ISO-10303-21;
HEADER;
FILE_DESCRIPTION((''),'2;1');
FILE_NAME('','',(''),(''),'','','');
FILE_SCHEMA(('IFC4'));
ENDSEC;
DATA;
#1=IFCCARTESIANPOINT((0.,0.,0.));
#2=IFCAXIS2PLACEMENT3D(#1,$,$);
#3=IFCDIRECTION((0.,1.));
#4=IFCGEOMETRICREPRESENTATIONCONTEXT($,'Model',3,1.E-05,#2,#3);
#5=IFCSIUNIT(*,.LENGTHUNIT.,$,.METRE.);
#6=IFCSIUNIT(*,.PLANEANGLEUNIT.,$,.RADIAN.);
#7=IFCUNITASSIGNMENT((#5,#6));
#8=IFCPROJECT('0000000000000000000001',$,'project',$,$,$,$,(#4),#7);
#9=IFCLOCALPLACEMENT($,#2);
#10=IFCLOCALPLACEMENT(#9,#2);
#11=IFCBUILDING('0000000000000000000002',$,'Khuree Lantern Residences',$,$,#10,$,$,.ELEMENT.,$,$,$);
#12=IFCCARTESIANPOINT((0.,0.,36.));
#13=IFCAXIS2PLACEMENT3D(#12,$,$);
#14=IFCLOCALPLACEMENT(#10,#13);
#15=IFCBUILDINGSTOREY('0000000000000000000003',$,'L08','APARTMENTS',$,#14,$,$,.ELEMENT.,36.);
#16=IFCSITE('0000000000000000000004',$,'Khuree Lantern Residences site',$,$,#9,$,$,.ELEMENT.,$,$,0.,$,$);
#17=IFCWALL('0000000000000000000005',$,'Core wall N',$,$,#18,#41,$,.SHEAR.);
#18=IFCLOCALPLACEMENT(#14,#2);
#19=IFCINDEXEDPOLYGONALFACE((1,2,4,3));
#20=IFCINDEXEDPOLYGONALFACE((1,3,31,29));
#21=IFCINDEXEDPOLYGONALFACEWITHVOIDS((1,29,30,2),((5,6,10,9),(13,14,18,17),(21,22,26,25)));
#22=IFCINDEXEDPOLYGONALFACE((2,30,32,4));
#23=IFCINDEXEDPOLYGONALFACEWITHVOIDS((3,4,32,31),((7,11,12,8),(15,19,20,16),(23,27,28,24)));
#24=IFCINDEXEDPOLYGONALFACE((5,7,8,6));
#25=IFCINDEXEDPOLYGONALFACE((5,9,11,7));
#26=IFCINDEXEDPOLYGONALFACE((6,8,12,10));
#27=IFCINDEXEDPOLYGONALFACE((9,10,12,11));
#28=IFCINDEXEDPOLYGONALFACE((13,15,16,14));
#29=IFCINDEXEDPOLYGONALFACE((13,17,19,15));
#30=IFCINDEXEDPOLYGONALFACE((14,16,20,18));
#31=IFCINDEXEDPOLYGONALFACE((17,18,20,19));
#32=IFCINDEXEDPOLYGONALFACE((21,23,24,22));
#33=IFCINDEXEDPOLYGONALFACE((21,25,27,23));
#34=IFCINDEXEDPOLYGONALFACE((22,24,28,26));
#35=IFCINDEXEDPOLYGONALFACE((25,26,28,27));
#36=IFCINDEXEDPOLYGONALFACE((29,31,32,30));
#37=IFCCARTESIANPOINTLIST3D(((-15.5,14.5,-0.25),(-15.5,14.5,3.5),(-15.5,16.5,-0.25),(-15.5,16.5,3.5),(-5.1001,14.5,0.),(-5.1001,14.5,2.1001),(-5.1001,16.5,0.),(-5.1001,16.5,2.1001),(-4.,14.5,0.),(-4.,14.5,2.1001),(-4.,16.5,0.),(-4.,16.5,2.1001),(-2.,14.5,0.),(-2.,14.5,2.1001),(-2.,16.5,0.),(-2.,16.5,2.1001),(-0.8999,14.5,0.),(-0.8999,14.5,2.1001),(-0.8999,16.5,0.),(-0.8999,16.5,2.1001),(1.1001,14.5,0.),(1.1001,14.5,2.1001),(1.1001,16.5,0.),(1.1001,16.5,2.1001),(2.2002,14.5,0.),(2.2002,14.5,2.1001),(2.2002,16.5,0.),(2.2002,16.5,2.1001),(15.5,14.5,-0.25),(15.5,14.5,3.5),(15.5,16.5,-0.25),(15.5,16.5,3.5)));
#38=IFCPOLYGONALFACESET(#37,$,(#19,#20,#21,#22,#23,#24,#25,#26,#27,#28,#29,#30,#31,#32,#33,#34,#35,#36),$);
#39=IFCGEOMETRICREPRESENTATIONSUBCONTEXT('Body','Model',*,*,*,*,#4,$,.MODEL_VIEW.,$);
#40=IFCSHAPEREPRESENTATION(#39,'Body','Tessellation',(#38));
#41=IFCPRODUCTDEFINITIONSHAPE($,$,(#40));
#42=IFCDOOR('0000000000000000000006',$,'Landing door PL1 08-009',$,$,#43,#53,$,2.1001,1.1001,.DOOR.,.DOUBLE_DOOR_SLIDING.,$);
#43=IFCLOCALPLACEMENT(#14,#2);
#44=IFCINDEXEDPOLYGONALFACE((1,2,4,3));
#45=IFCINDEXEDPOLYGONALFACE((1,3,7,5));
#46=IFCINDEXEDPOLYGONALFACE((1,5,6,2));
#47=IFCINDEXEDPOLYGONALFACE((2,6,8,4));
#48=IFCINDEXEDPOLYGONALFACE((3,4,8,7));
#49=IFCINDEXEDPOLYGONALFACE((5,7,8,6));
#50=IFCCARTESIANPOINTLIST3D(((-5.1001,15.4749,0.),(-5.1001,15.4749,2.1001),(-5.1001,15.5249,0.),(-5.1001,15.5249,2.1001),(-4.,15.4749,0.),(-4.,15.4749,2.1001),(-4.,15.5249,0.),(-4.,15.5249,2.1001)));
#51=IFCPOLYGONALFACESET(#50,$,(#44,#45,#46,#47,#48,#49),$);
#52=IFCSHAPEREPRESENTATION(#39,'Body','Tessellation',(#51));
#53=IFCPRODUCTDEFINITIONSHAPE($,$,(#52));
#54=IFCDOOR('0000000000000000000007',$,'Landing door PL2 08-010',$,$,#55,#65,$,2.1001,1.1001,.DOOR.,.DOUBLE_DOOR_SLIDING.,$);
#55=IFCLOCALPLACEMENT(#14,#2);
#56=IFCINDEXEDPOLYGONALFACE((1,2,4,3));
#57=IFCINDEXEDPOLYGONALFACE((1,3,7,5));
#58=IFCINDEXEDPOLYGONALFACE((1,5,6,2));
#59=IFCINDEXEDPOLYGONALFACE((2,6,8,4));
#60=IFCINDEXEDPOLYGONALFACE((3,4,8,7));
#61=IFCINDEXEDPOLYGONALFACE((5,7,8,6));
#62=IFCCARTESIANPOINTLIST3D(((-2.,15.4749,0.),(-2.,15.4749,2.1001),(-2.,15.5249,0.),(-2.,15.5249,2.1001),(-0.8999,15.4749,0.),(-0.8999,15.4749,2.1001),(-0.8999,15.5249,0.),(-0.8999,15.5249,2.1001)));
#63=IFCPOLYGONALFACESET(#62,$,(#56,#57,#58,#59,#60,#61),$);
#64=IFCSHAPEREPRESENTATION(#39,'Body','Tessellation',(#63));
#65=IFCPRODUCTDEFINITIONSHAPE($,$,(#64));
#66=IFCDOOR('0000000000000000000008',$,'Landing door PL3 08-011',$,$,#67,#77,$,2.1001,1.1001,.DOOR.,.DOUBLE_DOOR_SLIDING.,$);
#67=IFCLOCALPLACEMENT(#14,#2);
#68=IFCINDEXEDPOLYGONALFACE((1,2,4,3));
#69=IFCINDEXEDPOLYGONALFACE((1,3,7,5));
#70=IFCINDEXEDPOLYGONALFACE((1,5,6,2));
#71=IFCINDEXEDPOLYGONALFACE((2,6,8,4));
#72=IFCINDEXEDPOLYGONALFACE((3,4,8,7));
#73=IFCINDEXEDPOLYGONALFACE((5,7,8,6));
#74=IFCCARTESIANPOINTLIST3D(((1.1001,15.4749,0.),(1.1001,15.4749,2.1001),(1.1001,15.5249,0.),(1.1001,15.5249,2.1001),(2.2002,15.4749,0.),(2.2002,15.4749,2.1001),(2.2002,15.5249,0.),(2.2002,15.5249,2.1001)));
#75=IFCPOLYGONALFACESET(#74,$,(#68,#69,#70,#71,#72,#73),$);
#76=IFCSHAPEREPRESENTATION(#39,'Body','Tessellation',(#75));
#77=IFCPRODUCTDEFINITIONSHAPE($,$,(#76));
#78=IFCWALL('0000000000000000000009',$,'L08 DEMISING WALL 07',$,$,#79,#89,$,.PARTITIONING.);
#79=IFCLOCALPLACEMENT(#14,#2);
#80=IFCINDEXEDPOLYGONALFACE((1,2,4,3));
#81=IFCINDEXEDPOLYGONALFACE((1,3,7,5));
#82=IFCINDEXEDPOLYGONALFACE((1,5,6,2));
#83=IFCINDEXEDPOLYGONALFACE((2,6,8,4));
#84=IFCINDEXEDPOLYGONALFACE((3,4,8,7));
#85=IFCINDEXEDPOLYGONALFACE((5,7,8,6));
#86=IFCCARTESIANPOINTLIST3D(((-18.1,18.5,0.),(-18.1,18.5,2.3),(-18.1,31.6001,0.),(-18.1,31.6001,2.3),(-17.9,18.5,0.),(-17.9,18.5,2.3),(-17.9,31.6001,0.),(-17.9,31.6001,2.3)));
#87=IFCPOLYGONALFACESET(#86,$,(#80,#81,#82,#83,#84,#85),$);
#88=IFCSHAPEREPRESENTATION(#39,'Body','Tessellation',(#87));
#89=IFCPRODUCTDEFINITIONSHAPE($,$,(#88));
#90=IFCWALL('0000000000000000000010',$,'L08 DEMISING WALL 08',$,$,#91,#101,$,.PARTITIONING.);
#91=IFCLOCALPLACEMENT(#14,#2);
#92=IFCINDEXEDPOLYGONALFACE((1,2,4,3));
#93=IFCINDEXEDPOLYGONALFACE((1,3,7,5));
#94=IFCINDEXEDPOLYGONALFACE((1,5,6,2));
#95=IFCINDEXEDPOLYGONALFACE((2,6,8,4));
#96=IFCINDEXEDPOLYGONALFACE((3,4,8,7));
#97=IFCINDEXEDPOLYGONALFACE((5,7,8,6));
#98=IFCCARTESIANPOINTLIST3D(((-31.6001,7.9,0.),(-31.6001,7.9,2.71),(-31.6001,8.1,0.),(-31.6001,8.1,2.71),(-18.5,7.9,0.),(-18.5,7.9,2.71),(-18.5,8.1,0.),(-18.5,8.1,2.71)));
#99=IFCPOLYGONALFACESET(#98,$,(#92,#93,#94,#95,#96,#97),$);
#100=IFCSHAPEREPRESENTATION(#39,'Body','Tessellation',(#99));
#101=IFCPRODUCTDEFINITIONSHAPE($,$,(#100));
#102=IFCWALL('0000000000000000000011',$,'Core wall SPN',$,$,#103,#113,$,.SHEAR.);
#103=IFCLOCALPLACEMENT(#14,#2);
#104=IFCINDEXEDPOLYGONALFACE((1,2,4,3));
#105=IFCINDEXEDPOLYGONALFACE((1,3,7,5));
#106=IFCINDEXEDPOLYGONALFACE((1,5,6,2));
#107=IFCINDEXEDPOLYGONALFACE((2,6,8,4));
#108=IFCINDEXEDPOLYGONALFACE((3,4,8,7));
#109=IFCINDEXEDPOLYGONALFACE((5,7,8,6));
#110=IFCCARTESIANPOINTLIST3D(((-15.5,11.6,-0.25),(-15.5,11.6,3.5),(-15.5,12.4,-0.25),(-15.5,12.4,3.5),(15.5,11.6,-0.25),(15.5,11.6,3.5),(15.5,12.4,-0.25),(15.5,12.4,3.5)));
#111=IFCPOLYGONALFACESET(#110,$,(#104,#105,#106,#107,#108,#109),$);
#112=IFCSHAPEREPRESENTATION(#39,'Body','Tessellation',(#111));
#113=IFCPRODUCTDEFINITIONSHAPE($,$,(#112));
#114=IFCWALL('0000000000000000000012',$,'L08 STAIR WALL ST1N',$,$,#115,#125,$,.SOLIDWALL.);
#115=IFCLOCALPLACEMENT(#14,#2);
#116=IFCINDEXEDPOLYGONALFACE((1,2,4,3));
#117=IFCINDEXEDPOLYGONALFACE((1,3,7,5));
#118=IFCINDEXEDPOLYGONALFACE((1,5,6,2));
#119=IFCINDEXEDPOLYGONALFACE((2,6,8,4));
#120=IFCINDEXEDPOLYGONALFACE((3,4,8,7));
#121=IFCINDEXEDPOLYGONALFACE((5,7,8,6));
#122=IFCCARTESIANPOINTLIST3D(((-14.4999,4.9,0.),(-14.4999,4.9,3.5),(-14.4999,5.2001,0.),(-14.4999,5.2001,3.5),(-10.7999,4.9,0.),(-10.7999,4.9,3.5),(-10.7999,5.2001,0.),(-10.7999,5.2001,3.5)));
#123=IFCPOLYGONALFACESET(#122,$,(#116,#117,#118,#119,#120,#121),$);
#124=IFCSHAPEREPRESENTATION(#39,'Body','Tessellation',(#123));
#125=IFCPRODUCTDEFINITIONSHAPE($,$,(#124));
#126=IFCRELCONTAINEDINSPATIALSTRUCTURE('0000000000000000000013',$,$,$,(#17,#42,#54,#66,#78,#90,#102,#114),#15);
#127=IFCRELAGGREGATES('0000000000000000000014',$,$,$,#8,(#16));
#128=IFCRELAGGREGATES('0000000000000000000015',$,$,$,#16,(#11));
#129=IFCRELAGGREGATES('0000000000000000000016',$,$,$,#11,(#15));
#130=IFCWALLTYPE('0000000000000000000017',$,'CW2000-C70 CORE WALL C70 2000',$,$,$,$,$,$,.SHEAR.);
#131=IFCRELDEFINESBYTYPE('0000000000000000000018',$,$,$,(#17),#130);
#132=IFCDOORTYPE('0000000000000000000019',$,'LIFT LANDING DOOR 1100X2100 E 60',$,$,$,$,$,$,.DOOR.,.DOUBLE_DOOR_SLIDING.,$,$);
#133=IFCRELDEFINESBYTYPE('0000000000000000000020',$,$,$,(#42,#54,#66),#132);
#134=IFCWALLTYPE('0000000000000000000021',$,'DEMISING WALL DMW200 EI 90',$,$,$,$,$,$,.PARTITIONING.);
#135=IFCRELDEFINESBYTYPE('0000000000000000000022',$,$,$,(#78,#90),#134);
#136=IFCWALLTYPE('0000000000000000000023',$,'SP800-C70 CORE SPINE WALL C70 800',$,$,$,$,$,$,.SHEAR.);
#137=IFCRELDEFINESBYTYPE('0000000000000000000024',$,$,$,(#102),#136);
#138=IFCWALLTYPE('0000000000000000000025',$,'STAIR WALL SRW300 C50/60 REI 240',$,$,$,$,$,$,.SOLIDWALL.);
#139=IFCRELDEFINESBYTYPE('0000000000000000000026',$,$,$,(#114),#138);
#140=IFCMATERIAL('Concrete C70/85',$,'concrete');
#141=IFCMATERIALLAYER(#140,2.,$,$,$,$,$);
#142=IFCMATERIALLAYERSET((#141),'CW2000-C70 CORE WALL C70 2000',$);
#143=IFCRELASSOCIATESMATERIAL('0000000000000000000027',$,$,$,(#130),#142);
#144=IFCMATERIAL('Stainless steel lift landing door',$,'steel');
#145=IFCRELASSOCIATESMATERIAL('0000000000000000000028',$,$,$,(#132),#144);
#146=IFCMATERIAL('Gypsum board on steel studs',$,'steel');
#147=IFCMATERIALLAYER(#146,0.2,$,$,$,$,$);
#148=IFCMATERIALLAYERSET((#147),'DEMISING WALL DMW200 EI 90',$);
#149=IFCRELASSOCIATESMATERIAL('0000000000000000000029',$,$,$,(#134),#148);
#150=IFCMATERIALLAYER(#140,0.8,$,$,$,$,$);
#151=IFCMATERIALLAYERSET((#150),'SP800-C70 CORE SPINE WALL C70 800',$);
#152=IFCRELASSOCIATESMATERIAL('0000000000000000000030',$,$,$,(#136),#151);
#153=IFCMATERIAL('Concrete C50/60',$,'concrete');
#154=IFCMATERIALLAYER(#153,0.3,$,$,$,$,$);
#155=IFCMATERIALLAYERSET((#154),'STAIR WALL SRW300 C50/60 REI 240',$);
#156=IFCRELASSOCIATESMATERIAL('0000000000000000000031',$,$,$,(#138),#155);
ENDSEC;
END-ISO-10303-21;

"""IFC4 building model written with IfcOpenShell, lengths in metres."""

from ifc_helpers import new_model, si_unit, direction, frame, frame_2d, origin, place, context, subcontext, project, spatial, rectangle, extrude, material, layer, layer_set, type_object, element, fill, save


model = new_model("IFC4")

# Units and contexts
model_context = context("Model", 3, precision=1e-05, world=origin(), true_north=direction((0.0, 1.0)))
body_context = subcontext(model_context, "Body", "Model", "MODEL_VIEW")
ifc_project = project(units=[si_unit("LENGTHUNIT", "METRE"), si_unit("PLANEANGLEUNIT", "RADIAN")], contexts=[model_context])

# Site, building, storey
site_placement = place(None, origin())
site = spatial("IfcSite", under=ifc_project, at=site_placement, Name="Khuree Lantern Residences site", CompositionType="ELEMENT", RefElevation=0.0)
building_placement = place(site_placement, origin())
building = spatial("IfcBuilding", under=site, at=building_placement, Name="Khuree Lantern Residences", CompositionType="ELEMENT")
storey_placement = place(building_placement, frame((0.0, 0.0, 36.0)))
storey = spatial("IfcBuildingStorey", under=building, at=storey_placement, Name="L08", Description="APARTMENTS", CompositionType="ELEMENT", Elevation=36.0)

# Shared definitions
ifc_material_1 = material(Name="Concrete C70/85", Category="concrete")

# Shared definitions
ifc_material_2 = material(Name="Gypsum board on steel studs", Category="steel")

# Wall, openings, doors
ifc_layer_1 = layer(ifc_material_1, 2.0)
ifc_layer_set_1 = layer_set([ifc_layer_1], Name="CW2000-C70 CORE WALL C70 2000")
wall_type_1 = type_object("IfcWallType", Name="CW2000-C70 CORE WALL C70 2000", PredefinedType="SHEAR", material=ifc_layer_set_1)
wall_1_placement = place(storey_placement, frame((-15.5, 15.5, -0.25), z_axis=(0.0, 0.0, 1.0), x_axis=(1.0, 0.0, 0.0)))
wall_1 = element("IfcWall", 1, at=wall_1_placement, inside=storey, type_object=wall_type_1, Name="Core wall N", PredefinedType="SHEAR", context=body_context, shape_type="SweptSolid", body=[
    extrude(rectangle(XDim=31.0, YDim=2.0, at=frame_2d((15.5, 0.0))), origin(), (0.0, 0.0, 1.0), 3.75),
])
opening_1_placement = place(wall_1_placement, frame((10.3999, 0.0, 0.25)))
opening_1 = element("IfcOpeningElement", 2, at=opening_1_placement, cuts=wall_1, PredefinedType="OPENING", context=body_context, shape_type="SweptSolid", body=[
    extrude(rectangle(XDim=1.1001, YDim=2.1001, at=frame_2d((0.55, 1.05))), frame((0.0, 1.01, 0.0), z_axis=(0.0, -1.0, 0.0), x_axis=(1.0, 0.0, 0.0)), (0.0, 0.0, 1.0), 2.02),
])
opening_2_placement = place(wall_1_placement, frame((13.5, 0.0, 0.25)))
opening_2 = element("IfcOpeningElement", 3, at=opening_2_placement, cuts=wall_1, PredefinedType="OPENING", context=body_context, shape_type="SweptSolid", body=[
    extrude(rectangle(XDim=1.1001, YDim=2.1001, at=frame_2d((0.55, 1.05))), frame((0.0, 1.01, 0.0), z_axis=(0.0, -1.0, 0.0), x_axis=(1.0, 0.0, 0.0)), (0.0, 0.0, 1.0), 2.02),
])
opening_3_placement = place(wall_1_placement, frame((16.6001, 0.0, 0.25)))
opening_3 = element("IfcOpeningElement", 4, at=opening_3_placement, cuts=wall_1, PredefinedType="OPENING", context=body_context, shape_type="SweptSolid", body=[
    extrude(rectangle(XDim=1.1001, YDim=2.1001, at=frame_2d((0.55, 1.05))), frame((0.0, 1.01, 0.0), z_axis=(0.0, -1.0, 0.0), x_axis=(1.0, 0.0, 0.0)), (0.0, 0.0, 1.0), 2.02),
])
ifc_material_3 = material(Name="Stainless steel lift landing door", Category="steel")
door_type_1 = type_object("IfcDoorType", Name="LIFT LANDING DOOR 1100X2100 E 60", OperationType="DOUBLE_DOOR_SLIDING", PredefinedType="DOOR", material=ifc_material_3)
door_1_placement = place(opening_1_placement, origin())
door_1 = element("IfcDoor", 5, at=door_1_placement, inside=storey, type_object=door_type_1, Name="Landing door PL1 08-009", OperationType="DOUBLE_DOOR_SLIDING", OverallHeight=2.1001, OverallWidth=1.1001, PredefinedType="DOOR", context=body_context, shape_type="SweptSolid", body=[
    extrude(rectangle(XDim=1.1001, YDim=2.1001, at=frame_2d((0.55, 1.05))), frame((0.0, 0.0249, 0.0), z_axis=(0.0, -1.0, 0.0), x_axis=(1.0, 0.0, 0.0)), (0.0, 0.0, 1.0), 0.05),
])
fill(opening_1, door_1)
door_2_placement = place(opening_2_placement, origin())
door_2 = element("IfcDoor", 6, at=door_2_placement, inside=storey, type_object=door_type_1, Name="Landing door PL2 08-010", OperationType="DOUBLE_DOOR_SLIDING", OverallHeight=2.1001, OverallWidth=1.1001, PredefinedType="DOOR", context=body_context, shape_type="SweptSolid", body=[
    extrude(rectangle(XDim=1.1001, YDim=2.1001, at=frame_2d((0.55, 1.05))), frame((0.0, 0.0249, 0.0), z_axis=(0.0, -1.0, 0.0), x_axis=(1.0, 0.0, 0.0)), (0.0, 0.0, 1.0), 0.05),
])
fill(opening_2, door_2)
door_3_placement = place(opening_3_placement, origin())
door_3 = element("IfcDoor", 7, at=door_3_placement, inside=storey, type_object=door_type_1, Name="Landing door PL3 08-011", OperationType="DOUBLE_DOOR_SLIDING", OverallHeight=2.1001, OverallWidth=1.1001, PredefinedType="DOOR", context=body_context, shape_type="SweptSolid", body=[
    extrude(rectangle(XDim=1.1001, YDim=2.1001, at=frame_2d((0.55, 1.05))), frame((0.0, 0.0249, 0.0), z_axis=(0.0, -1.0, 0.0), x_axis=(1.0, 0.0, 0.0)), (0.0, 0.0, 1.0), 0.05),
])
fill(opening_3, door_3)

# Walls
ifc_layer_2 = layer(ifc_material_2, 0.2)
ifc_layer_set_2 = layer_set([ifc_layer_2], Name="DEMISING WALL DMW200 EI 90")
wall_type_2 = type_object("IfcWallType", Name="DEMISING WALL DMW200 EI 90", PredefinedType="PARTITIONING", material=ifc_layer_set_2)
wall_2_placement = place(storey_placement, frame((-18.0, 18.5, 0.0), z_axis=(0.0, 0.0, 1.0), x_axis=(0.0, 1.0, 0.0)))
element("IfcWall", 8, at=wall_2_placement, inside=storey, type_object=wall_type_2, Name="L08 DEMISING WALL 07", PredefinedType="PARTITIONING", context=body_context, shape_type="SweptSolid", body=[
    extrude(rectangle(XDim=13.1001, YDim=0.2, at=frame_2d((6.55, 0.0))), origin(), (0.0, 0.0, 1.0), 2.3),
])
wall_3_placement = place(storey_placement, frame((-18.5, 8.0, 0.0), z_axis=(0.0, 0.0, 1.0), x_axis=(-1.0, 0.0, 0.0)))
element("IfcWall", 9, at=wall_3_placement, inside=storey, type_object=wall_type_2, Name="L08 DEMISING WALL 08", PredefinedType="PARTITIONING", context=body_context, shape_type="SweptSolid", body=[
    extrude(rectangle(XDim=13.1001, YDim=0.2, at=frame_2d((6.55, 0.0))), origin(), (0.0, 0.0, 1.0), 2.71),
])
ifc_layer_3 = layer(ifc_material_1, 0.8)
ifc_layer_set_3 = layer_set([ifc_layer_3], Name="SP800-C70 CORE SPINE WALL C70 800")
wall_type_3 = type_object("IfcWallType", Name="SP800-C70 CORE SPINE WALL C70 800", PredefinedType="SHEAR", material=ifc_layer_set_3)
wall_4_placement = place(storey_placement, frame((-15.5, 12.0, -0.25), z_axis=(0.0, 0.0, 1.0), x_axis=(1.0, 0.0, 0.0)))
element("IfcWall", 10, at=wall_4_placement, inside=storey, type_object=wall_type_3, Name="Core wall SPN", PredefinedType="SHEAR", context=body_context, shape_type="SweptSolid", body=[
    extrude(rectangle(XDim=31.0, YDim=0.8, at=frame_2d((15.5, 0.0))), origin(), (0.0, 0.0, 1.0), 3.75),
])
ifc_material_4 = material(Name="Concrete C50/60", Category="concrete")
ifc_layer_4 = layer(ifc_material_4, 0.3)
ifc_layer_set_4 = layer_set([ifc_layer_4], Name="STAIR WALL SRW300 C50/60 REI 240")
wall_type_4 = type_object("IfcWallType", Name="STAIR WALL SRW300 C50/60 REI 240", PredefinedType="SOLIDWALL", material=ifc_layer_set_4)
wall_5_placement = place(storey_placement, frame((-14.5, 5.05, 0.0), z_axis=(0.0, 0.0, 1.0), x_axis=(1.0, 0.0, 0.0)))
element("IfcWall", 11, at=wall_5_placement, inside=storey, type_object=wall_type_4, Name="L08 STAIR WALL ST1N", PredefinedType="SOLIDWALL", context=body_context, shape_type="SweptSolid", body=[
    extrude(rectangle(XDim=3.7, YDim=0.3, at=frame_2d((1.8501, 0.0))), origin(), (0.0, 0.0, 1.0), 3.5),
])

save(model, "model.ifc")
